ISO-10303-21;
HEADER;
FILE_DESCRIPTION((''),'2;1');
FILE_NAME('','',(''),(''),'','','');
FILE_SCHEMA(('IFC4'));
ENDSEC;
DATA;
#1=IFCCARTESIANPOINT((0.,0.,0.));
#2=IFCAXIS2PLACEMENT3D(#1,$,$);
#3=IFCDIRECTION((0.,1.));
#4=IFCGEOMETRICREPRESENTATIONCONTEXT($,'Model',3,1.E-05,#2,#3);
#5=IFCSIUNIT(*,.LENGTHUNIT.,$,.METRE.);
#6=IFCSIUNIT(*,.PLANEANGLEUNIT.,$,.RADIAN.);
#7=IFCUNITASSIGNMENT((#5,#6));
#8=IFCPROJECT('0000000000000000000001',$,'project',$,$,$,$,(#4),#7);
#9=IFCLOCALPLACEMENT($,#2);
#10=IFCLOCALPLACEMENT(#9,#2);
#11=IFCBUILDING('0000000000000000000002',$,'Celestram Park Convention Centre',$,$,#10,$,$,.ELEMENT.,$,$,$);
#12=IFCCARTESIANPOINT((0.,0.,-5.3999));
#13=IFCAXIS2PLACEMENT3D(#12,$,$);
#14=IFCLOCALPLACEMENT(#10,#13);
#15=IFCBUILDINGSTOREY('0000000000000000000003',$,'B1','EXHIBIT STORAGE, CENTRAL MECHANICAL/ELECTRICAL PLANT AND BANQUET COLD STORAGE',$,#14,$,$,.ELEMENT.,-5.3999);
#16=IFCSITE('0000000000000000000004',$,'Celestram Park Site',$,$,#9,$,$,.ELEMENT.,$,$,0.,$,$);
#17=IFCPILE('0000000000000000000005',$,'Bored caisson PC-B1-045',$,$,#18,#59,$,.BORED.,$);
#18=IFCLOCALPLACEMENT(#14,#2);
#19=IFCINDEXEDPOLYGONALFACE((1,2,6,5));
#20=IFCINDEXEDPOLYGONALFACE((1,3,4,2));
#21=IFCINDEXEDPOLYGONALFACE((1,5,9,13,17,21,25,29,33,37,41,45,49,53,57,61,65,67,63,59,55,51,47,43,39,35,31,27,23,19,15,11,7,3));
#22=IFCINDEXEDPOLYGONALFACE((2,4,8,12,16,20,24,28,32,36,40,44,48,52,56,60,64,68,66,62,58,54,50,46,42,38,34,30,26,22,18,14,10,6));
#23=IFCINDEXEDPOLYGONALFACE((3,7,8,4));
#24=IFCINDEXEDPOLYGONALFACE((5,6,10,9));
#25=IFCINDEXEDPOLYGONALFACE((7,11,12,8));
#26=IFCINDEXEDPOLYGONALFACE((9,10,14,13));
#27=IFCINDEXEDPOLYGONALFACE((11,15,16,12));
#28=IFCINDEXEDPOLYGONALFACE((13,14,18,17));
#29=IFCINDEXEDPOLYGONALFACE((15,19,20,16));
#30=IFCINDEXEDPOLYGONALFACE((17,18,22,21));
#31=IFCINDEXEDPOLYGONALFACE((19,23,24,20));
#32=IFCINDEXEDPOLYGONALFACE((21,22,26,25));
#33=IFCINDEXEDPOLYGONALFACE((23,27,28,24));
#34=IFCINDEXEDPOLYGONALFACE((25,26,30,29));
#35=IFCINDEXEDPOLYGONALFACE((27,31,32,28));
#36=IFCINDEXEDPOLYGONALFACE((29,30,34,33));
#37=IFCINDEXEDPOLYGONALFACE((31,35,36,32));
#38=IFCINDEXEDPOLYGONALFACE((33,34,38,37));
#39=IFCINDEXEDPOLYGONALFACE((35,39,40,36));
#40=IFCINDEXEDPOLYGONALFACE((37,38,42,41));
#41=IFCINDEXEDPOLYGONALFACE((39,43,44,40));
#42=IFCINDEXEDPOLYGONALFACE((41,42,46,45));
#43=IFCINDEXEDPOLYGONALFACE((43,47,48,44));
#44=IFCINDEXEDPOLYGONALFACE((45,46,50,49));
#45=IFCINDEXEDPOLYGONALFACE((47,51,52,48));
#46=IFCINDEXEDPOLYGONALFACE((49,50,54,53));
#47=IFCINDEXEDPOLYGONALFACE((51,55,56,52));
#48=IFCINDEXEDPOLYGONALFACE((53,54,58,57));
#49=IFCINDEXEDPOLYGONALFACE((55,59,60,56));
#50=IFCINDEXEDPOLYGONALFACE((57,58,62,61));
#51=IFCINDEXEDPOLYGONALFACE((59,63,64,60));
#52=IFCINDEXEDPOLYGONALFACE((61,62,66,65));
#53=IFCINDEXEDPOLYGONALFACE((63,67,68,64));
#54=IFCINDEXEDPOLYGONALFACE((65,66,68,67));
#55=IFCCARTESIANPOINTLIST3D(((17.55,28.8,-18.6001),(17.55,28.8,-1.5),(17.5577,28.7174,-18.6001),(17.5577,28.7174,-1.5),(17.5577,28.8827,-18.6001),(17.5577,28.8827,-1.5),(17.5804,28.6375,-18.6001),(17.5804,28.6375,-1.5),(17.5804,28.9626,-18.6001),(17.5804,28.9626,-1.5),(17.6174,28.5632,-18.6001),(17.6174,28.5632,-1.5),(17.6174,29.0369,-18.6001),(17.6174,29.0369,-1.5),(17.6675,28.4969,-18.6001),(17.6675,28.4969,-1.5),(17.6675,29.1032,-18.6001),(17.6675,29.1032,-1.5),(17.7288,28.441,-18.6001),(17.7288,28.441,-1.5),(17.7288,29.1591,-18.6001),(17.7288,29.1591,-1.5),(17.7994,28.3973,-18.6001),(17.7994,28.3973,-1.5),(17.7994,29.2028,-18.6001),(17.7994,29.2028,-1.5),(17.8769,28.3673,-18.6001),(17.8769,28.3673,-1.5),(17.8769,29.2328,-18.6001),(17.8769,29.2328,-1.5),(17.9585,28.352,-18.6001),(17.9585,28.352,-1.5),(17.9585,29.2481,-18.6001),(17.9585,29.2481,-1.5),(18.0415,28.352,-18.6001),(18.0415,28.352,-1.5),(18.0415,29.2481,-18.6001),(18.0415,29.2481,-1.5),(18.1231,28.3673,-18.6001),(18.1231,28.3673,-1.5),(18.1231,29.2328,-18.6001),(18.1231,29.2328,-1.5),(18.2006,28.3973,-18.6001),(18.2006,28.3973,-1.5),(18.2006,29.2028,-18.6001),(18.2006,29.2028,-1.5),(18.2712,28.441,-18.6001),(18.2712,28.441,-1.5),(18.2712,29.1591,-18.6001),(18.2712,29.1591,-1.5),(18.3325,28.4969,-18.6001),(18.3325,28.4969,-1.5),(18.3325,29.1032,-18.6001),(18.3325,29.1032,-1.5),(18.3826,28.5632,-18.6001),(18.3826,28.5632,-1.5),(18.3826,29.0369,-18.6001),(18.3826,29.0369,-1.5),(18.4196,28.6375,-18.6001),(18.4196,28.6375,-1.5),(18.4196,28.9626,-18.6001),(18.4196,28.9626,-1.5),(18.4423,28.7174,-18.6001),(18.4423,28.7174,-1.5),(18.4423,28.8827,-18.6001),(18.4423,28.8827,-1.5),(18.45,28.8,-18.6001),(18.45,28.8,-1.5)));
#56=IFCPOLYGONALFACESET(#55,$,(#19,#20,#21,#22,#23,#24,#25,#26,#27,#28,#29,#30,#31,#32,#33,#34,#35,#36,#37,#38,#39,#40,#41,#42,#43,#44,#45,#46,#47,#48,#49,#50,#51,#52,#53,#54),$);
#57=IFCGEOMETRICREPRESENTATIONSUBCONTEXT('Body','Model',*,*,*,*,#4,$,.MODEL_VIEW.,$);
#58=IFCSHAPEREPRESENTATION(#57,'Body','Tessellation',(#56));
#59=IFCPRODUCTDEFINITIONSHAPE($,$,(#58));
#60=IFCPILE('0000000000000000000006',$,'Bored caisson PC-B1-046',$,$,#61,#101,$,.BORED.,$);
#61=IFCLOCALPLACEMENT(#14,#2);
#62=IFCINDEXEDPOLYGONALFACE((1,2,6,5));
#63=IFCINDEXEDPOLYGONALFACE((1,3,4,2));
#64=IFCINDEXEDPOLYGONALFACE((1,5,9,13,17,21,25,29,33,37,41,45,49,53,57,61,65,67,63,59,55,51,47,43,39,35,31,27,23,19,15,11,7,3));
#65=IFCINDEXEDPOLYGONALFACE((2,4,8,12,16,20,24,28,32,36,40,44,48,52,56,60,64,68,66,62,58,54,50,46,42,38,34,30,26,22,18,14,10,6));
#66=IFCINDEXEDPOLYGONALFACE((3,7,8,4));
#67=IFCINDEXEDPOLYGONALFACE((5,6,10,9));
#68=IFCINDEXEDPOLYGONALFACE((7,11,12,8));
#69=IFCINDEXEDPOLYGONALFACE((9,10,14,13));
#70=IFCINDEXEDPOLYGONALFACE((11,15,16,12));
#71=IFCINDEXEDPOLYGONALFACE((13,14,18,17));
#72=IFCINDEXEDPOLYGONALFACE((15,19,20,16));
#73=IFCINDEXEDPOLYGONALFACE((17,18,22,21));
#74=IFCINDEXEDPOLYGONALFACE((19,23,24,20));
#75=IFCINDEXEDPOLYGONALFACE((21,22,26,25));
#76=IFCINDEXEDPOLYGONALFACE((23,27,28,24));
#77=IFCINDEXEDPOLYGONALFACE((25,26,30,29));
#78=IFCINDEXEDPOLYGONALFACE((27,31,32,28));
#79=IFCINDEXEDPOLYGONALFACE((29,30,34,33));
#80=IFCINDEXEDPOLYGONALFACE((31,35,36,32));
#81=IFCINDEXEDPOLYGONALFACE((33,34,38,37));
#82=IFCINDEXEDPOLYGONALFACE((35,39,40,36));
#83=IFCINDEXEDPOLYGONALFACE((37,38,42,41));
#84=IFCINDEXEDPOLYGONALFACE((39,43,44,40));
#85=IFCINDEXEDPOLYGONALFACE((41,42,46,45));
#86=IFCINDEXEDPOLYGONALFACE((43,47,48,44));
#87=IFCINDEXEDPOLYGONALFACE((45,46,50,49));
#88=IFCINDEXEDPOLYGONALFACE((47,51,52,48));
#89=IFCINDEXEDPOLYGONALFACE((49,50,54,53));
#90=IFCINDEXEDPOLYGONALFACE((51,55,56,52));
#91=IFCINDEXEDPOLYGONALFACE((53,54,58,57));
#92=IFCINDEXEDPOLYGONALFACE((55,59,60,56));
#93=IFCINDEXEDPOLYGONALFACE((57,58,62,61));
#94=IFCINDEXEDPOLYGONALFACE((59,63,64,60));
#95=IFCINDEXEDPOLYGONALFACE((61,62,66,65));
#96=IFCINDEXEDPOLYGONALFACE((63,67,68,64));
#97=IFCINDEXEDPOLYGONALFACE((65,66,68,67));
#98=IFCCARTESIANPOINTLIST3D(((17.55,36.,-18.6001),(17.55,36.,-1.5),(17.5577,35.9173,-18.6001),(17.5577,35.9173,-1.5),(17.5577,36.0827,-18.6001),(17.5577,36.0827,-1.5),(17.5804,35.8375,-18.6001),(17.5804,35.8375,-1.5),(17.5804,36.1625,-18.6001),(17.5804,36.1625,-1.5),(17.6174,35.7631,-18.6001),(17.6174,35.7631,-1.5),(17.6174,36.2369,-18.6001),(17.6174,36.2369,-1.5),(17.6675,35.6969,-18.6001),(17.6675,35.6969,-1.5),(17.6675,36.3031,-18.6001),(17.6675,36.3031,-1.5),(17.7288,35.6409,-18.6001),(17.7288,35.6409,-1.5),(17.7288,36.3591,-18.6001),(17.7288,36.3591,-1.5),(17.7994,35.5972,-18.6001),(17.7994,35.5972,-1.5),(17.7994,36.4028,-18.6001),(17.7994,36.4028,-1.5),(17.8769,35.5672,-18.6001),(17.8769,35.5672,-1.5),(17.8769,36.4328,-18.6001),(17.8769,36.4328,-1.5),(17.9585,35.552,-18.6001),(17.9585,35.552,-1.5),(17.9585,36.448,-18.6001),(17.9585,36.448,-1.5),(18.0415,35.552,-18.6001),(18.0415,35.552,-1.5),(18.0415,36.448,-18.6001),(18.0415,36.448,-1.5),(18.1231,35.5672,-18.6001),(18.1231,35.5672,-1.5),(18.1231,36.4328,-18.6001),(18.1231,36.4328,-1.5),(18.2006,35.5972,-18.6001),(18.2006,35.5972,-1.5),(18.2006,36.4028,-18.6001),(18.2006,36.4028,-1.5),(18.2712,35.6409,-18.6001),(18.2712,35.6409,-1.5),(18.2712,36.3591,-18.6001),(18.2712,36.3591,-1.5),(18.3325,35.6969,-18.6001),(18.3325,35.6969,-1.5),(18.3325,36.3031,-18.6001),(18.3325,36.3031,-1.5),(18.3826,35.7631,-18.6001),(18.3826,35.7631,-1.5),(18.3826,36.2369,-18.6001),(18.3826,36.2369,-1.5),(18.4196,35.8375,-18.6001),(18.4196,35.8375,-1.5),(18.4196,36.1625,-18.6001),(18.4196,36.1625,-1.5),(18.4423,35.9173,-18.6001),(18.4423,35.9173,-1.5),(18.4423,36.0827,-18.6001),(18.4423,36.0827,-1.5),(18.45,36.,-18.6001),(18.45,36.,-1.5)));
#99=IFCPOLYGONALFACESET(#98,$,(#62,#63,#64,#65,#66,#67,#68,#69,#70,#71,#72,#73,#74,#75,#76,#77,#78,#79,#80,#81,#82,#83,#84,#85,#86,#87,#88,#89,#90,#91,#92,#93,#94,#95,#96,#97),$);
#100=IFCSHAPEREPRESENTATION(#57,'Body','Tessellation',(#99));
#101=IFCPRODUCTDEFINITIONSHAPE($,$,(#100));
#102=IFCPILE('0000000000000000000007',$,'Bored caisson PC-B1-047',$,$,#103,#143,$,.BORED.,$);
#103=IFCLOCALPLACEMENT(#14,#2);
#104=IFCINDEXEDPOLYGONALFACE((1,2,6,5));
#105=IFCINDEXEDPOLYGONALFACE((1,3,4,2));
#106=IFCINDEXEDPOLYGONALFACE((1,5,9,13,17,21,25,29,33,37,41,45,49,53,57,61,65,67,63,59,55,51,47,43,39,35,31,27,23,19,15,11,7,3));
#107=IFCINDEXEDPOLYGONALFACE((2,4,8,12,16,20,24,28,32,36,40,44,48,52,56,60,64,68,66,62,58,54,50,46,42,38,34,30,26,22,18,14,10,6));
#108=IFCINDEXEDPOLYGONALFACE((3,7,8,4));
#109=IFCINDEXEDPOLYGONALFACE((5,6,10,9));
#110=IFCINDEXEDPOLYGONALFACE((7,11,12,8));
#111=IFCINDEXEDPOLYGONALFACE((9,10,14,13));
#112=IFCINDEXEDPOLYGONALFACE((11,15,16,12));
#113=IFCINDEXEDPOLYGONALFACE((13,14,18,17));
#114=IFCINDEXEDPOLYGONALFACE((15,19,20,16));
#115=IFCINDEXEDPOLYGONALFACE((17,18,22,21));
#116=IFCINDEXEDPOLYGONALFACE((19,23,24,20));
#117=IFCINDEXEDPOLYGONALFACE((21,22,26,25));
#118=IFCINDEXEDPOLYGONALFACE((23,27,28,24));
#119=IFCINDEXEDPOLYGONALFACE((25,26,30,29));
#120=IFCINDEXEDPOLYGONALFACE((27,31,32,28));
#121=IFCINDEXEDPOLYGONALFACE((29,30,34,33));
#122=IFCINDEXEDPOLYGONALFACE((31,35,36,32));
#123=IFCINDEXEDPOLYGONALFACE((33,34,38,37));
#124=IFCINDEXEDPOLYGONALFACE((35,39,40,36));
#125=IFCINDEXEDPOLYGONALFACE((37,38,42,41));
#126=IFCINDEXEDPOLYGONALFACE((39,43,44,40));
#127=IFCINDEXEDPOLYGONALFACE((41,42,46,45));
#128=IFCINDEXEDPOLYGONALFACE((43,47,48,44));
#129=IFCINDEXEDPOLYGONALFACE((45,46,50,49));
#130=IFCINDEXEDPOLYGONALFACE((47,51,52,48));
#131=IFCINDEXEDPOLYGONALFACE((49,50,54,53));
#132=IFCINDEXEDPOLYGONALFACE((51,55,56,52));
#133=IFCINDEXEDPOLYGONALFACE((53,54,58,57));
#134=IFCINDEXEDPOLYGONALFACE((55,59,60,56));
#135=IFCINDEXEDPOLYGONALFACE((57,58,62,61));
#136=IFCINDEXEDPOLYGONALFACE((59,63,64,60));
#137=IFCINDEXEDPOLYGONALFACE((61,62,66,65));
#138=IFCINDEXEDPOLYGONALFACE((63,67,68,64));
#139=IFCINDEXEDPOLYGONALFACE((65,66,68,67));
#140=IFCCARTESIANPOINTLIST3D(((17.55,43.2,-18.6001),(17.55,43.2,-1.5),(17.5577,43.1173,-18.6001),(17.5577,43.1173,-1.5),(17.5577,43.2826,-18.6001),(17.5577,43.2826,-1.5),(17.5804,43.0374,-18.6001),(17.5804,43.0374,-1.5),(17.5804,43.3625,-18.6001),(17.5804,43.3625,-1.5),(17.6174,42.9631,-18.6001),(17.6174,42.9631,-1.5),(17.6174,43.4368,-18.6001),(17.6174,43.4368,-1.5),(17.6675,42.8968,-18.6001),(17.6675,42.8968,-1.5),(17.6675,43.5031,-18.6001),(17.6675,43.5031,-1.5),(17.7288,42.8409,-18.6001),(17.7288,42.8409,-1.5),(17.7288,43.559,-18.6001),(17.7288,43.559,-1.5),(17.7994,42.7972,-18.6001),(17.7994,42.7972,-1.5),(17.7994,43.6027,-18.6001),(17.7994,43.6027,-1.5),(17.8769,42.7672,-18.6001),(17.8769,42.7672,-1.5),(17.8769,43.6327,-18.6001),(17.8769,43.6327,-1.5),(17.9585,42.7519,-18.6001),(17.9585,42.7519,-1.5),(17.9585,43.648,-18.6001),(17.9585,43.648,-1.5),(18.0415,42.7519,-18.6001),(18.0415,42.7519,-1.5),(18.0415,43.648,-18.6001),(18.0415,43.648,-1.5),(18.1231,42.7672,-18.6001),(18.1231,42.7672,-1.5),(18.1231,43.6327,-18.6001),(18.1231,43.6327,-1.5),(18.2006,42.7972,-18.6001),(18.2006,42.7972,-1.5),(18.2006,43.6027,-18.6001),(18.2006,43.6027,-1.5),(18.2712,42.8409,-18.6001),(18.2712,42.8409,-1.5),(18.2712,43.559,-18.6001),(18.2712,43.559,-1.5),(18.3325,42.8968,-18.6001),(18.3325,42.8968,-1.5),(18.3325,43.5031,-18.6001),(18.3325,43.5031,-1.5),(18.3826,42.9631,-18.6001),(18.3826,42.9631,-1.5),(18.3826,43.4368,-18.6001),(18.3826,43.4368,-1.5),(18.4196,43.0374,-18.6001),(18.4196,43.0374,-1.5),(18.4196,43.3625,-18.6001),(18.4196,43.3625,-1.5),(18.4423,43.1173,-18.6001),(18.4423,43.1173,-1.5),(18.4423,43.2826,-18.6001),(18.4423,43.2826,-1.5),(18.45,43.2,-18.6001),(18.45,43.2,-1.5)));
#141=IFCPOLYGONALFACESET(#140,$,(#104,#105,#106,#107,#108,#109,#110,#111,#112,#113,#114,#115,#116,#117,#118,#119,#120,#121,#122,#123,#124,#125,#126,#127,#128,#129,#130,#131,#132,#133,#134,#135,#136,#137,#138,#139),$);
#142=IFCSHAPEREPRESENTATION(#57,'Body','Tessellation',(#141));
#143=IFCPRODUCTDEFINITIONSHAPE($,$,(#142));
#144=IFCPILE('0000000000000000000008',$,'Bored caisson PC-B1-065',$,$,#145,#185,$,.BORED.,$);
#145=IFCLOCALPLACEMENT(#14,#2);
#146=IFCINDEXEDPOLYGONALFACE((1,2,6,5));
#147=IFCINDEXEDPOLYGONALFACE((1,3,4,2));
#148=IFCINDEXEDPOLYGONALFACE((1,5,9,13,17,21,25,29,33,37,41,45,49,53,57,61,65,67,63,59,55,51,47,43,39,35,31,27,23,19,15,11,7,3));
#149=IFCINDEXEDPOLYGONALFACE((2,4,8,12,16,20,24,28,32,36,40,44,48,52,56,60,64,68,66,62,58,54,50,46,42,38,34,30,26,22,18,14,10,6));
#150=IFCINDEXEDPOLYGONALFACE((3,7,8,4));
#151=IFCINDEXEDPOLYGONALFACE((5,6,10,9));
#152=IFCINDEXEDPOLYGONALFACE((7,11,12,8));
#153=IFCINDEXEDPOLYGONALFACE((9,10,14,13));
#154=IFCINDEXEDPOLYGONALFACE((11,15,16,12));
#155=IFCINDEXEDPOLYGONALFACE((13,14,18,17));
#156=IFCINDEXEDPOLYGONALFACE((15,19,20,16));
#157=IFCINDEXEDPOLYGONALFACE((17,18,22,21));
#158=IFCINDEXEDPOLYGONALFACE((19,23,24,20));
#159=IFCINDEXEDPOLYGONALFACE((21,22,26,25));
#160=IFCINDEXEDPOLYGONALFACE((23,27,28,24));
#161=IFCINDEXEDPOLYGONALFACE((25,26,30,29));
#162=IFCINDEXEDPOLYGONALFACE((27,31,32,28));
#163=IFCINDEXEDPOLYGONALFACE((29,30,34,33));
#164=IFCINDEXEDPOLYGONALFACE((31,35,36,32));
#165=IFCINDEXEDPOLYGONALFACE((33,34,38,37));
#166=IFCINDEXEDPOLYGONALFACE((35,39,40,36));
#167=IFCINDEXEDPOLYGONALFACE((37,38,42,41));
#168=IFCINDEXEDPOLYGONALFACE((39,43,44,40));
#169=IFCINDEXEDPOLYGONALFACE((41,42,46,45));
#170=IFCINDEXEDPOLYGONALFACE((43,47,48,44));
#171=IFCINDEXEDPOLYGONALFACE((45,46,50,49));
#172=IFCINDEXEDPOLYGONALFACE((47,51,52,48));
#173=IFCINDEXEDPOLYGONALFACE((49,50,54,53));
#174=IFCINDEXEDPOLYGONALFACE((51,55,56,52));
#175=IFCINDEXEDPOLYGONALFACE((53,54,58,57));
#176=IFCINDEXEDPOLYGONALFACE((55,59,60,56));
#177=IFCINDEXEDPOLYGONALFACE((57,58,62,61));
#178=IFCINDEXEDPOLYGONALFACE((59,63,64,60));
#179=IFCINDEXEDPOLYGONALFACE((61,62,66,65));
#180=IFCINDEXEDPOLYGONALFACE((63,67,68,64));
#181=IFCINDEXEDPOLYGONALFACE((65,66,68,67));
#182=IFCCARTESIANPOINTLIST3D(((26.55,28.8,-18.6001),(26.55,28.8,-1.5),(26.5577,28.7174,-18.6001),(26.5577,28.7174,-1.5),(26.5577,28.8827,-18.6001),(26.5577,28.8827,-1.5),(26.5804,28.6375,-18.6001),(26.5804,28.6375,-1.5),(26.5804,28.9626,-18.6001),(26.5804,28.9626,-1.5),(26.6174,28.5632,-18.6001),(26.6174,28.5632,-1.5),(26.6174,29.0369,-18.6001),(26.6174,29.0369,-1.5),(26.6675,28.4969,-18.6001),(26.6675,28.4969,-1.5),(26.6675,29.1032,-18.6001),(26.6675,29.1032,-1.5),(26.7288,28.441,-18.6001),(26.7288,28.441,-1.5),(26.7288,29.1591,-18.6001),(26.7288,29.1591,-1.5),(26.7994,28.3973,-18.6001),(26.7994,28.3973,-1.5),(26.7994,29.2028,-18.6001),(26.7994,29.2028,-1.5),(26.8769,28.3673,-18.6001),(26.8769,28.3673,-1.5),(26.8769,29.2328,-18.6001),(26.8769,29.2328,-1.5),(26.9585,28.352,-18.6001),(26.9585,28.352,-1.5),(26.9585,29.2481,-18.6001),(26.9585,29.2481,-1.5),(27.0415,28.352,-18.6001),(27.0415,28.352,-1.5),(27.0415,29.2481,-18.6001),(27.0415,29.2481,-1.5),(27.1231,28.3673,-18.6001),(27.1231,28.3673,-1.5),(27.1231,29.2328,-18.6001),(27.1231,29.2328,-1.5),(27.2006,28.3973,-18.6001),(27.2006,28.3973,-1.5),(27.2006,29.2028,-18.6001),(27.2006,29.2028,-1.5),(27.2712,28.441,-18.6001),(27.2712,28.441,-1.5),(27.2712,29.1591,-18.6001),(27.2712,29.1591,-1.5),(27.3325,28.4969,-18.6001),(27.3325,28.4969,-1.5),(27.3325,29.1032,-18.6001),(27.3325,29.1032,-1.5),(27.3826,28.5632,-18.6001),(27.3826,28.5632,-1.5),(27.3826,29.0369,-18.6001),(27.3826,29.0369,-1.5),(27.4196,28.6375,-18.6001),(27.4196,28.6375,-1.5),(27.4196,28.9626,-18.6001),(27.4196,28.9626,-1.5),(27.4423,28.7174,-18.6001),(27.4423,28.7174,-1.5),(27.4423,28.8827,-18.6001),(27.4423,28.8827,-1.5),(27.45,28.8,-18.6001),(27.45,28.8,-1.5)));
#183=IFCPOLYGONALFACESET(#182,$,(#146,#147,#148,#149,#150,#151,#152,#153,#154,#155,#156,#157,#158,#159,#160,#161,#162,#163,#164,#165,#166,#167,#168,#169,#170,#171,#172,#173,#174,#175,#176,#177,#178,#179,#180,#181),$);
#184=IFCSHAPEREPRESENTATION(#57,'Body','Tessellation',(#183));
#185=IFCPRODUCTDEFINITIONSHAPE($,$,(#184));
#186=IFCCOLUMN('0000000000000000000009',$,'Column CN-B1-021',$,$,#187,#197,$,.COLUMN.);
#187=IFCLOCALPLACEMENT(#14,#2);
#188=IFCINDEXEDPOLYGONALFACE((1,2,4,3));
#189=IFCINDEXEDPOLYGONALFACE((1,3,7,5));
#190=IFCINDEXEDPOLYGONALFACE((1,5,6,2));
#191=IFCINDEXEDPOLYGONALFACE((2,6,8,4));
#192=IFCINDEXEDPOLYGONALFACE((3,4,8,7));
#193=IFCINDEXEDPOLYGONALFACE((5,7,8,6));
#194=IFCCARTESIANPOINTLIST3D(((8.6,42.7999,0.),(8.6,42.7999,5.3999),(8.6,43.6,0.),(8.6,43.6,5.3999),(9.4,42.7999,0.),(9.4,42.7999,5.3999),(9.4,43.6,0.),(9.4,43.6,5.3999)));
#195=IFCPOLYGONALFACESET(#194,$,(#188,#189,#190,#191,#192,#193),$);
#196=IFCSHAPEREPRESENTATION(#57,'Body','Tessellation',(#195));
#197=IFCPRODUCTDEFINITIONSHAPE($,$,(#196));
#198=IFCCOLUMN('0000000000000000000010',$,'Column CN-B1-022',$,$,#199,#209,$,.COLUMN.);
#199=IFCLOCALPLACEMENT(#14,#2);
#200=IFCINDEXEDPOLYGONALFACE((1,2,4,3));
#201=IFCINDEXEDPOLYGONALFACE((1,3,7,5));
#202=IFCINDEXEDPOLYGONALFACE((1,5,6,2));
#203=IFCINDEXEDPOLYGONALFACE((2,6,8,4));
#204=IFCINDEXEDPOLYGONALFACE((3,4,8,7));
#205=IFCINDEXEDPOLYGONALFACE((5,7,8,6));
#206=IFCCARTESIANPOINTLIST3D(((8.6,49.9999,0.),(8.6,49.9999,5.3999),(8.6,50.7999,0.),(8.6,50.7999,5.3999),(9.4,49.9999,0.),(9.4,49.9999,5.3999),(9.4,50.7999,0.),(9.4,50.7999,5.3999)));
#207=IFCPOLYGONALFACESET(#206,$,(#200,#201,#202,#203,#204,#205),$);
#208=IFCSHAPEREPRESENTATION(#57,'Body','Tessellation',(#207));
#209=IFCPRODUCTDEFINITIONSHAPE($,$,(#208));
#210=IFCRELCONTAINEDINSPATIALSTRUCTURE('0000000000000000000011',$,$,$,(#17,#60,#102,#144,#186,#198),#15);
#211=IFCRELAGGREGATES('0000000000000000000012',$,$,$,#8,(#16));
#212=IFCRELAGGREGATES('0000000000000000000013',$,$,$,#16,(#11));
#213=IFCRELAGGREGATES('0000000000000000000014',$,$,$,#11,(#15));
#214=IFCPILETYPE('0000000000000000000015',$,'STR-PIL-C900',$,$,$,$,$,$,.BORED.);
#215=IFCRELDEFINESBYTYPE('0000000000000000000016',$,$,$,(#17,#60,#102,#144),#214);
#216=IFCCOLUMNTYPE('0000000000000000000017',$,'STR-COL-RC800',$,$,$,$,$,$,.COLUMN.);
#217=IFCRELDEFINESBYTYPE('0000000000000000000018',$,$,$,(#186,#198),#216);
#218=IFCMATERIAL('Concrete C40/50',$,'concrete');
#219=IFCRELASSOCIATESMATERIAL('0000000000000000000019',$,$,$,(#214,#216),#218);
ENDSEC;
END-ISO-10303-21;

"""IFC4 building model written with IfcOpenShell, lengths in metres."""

from ifc_helpers import new_model, si_unit, direction, frame, origin, origin_2d, place, context, subcontext, project, spatial, rectangle, circle, extrude, material, material_profile, profile_set, type_object, element, save


model = new_model("IFC4")

# Units and contexts
model_context = context("Model", 3, precision=1e-05, world=origin(), true_north=direction((0.0, 1.0)))
body_context = subcontext(model_context, "Body", "Model", "MODEL_VIEW")
ifc_project = project(units=[si_unit("LENGTHUNIT", "METRE"), si_unit("PLANEANGLEUNIT", "RADIAN")], contexts=[model_context])

# Site, building, storey
site_placement = place(None, origin())
site = spatial("IfcSite", under=ifc_project, at=site_placement, Name="Celestram Park Site", CompositionType="ELEMENT", RefElevation=0.0)
building_placement = place(site_placement, origin())
building = spatial("IfcBuilding", under=site, at=building_placement, Name="Celestram Park Convention Centre", CompositionType="ELEMENT")
storey_placement = place(building_placement, frame((0.0, 0.0, -5.3999)))
storey = spatial("IfcBuildingStorey", under=building, at=storey_placement, Name="B1", Description="EXHIBIT STORAGE, CENTRAL MECHANICAL/ELECTRICAL PLANT AND BANQUET COLD STORAGE", CompositionType="ELEMENT", Elevation=-5.3999)

# Shared definitions
ifc_material_1 = material(Name="Concrete C40/50", Category="concrete")

# Piles
ifc_material_profile_1 = material_profile(ifc_material_1, circle(Radius=0.45, at=origin_2d()), Name="CAISSON900")
ifc_profile_set_1 = profile_set([ifc_material_profile_1], Name="Concrete C40/50")
pile_type = type_object("IfcPileType", Name="STR-PIL-C900", PredefinedType="BORED", material=ifc_profile_set_1)
for number, where, z_axis, x_axis, name in (
    (1, (18.0, 28.8, -1.5), (0.0, 0.0, -1.0), (1.0, 0.0, 0.0), "Bored caisson PC-B1-045"),
    (2, (18.0, 36.0, -1.5), (0.0, 0.0, -1.0), (1.0, 0.0, 0.0), "Bored caisson PC-B1-046"),
    (3, (18.0, 43.2, -1.5), (0.0, 0.0, -1.0), (1.0, 0.0, 0.0), "Bored caisson PC-B1-047"),
    (4, (27.0, 28.8, -1.5), (0.0, 0.0, -1.0), (1.0, 0.0, 0.0), "Bored caisson PC-B1-065"),
):
    element("IfcPile", number, at=place(storey_placement, frame(where, z_axis=z_axis, x_axis=x_axis)), inside=storey, type_object=pile_type, Name=name, PredefinedType="BORED", context=body_context, shape_type="SweptSolid", body=[
        extrude(circle(Radius=0.45, at=origin_2d()), origin(), (0.0, 0.0, 1.0), 17.1001),
    ])

# Columns
ifc_material_profile_2 = material_profile(ifc_material_1, rectangle(XDim=0.8, YDim=0.8, at=origin_2d()), Name="RC800X800")
ifc_profile_set_2 = profile_set([ifc_material_profile_2], Name="Concrete C40/50")
column_type = type_object("IfcColumnType", Name="STR-COL-RC800", PredefinedType="COLUMN", material=ifc_profile_set_2)
for number, where, z_axis, x_axis, name in (
    (5, (9.0, 43.2, 0.0), (0.0, 0.0, 1.0), (1.0, 0.0, 0.0), "Column CN-B1-021"),
    (6, (9.0, 50.3999, 0.0), (0.0, 0.0, 1.0), (1.0, 0.0, 0.0), "Column CN-B1-022"),
):
    element("IfcColumn", number, at=place(storey_placement, frame(where, z_axis=z_axis, x_axis=x_axis)), inside=storey, type_object=column_type, Name=name, PredefinedType="COLUMN", context=body_context, shape_type="SweptSolid", body=[
        extrude(rectangle(XDim=0.8, YDim=0.8, at=origin_2d()), origin(), (0.0, 0.0, 1.0), 5.3999),
    ])

save(model, "model.ifc")
